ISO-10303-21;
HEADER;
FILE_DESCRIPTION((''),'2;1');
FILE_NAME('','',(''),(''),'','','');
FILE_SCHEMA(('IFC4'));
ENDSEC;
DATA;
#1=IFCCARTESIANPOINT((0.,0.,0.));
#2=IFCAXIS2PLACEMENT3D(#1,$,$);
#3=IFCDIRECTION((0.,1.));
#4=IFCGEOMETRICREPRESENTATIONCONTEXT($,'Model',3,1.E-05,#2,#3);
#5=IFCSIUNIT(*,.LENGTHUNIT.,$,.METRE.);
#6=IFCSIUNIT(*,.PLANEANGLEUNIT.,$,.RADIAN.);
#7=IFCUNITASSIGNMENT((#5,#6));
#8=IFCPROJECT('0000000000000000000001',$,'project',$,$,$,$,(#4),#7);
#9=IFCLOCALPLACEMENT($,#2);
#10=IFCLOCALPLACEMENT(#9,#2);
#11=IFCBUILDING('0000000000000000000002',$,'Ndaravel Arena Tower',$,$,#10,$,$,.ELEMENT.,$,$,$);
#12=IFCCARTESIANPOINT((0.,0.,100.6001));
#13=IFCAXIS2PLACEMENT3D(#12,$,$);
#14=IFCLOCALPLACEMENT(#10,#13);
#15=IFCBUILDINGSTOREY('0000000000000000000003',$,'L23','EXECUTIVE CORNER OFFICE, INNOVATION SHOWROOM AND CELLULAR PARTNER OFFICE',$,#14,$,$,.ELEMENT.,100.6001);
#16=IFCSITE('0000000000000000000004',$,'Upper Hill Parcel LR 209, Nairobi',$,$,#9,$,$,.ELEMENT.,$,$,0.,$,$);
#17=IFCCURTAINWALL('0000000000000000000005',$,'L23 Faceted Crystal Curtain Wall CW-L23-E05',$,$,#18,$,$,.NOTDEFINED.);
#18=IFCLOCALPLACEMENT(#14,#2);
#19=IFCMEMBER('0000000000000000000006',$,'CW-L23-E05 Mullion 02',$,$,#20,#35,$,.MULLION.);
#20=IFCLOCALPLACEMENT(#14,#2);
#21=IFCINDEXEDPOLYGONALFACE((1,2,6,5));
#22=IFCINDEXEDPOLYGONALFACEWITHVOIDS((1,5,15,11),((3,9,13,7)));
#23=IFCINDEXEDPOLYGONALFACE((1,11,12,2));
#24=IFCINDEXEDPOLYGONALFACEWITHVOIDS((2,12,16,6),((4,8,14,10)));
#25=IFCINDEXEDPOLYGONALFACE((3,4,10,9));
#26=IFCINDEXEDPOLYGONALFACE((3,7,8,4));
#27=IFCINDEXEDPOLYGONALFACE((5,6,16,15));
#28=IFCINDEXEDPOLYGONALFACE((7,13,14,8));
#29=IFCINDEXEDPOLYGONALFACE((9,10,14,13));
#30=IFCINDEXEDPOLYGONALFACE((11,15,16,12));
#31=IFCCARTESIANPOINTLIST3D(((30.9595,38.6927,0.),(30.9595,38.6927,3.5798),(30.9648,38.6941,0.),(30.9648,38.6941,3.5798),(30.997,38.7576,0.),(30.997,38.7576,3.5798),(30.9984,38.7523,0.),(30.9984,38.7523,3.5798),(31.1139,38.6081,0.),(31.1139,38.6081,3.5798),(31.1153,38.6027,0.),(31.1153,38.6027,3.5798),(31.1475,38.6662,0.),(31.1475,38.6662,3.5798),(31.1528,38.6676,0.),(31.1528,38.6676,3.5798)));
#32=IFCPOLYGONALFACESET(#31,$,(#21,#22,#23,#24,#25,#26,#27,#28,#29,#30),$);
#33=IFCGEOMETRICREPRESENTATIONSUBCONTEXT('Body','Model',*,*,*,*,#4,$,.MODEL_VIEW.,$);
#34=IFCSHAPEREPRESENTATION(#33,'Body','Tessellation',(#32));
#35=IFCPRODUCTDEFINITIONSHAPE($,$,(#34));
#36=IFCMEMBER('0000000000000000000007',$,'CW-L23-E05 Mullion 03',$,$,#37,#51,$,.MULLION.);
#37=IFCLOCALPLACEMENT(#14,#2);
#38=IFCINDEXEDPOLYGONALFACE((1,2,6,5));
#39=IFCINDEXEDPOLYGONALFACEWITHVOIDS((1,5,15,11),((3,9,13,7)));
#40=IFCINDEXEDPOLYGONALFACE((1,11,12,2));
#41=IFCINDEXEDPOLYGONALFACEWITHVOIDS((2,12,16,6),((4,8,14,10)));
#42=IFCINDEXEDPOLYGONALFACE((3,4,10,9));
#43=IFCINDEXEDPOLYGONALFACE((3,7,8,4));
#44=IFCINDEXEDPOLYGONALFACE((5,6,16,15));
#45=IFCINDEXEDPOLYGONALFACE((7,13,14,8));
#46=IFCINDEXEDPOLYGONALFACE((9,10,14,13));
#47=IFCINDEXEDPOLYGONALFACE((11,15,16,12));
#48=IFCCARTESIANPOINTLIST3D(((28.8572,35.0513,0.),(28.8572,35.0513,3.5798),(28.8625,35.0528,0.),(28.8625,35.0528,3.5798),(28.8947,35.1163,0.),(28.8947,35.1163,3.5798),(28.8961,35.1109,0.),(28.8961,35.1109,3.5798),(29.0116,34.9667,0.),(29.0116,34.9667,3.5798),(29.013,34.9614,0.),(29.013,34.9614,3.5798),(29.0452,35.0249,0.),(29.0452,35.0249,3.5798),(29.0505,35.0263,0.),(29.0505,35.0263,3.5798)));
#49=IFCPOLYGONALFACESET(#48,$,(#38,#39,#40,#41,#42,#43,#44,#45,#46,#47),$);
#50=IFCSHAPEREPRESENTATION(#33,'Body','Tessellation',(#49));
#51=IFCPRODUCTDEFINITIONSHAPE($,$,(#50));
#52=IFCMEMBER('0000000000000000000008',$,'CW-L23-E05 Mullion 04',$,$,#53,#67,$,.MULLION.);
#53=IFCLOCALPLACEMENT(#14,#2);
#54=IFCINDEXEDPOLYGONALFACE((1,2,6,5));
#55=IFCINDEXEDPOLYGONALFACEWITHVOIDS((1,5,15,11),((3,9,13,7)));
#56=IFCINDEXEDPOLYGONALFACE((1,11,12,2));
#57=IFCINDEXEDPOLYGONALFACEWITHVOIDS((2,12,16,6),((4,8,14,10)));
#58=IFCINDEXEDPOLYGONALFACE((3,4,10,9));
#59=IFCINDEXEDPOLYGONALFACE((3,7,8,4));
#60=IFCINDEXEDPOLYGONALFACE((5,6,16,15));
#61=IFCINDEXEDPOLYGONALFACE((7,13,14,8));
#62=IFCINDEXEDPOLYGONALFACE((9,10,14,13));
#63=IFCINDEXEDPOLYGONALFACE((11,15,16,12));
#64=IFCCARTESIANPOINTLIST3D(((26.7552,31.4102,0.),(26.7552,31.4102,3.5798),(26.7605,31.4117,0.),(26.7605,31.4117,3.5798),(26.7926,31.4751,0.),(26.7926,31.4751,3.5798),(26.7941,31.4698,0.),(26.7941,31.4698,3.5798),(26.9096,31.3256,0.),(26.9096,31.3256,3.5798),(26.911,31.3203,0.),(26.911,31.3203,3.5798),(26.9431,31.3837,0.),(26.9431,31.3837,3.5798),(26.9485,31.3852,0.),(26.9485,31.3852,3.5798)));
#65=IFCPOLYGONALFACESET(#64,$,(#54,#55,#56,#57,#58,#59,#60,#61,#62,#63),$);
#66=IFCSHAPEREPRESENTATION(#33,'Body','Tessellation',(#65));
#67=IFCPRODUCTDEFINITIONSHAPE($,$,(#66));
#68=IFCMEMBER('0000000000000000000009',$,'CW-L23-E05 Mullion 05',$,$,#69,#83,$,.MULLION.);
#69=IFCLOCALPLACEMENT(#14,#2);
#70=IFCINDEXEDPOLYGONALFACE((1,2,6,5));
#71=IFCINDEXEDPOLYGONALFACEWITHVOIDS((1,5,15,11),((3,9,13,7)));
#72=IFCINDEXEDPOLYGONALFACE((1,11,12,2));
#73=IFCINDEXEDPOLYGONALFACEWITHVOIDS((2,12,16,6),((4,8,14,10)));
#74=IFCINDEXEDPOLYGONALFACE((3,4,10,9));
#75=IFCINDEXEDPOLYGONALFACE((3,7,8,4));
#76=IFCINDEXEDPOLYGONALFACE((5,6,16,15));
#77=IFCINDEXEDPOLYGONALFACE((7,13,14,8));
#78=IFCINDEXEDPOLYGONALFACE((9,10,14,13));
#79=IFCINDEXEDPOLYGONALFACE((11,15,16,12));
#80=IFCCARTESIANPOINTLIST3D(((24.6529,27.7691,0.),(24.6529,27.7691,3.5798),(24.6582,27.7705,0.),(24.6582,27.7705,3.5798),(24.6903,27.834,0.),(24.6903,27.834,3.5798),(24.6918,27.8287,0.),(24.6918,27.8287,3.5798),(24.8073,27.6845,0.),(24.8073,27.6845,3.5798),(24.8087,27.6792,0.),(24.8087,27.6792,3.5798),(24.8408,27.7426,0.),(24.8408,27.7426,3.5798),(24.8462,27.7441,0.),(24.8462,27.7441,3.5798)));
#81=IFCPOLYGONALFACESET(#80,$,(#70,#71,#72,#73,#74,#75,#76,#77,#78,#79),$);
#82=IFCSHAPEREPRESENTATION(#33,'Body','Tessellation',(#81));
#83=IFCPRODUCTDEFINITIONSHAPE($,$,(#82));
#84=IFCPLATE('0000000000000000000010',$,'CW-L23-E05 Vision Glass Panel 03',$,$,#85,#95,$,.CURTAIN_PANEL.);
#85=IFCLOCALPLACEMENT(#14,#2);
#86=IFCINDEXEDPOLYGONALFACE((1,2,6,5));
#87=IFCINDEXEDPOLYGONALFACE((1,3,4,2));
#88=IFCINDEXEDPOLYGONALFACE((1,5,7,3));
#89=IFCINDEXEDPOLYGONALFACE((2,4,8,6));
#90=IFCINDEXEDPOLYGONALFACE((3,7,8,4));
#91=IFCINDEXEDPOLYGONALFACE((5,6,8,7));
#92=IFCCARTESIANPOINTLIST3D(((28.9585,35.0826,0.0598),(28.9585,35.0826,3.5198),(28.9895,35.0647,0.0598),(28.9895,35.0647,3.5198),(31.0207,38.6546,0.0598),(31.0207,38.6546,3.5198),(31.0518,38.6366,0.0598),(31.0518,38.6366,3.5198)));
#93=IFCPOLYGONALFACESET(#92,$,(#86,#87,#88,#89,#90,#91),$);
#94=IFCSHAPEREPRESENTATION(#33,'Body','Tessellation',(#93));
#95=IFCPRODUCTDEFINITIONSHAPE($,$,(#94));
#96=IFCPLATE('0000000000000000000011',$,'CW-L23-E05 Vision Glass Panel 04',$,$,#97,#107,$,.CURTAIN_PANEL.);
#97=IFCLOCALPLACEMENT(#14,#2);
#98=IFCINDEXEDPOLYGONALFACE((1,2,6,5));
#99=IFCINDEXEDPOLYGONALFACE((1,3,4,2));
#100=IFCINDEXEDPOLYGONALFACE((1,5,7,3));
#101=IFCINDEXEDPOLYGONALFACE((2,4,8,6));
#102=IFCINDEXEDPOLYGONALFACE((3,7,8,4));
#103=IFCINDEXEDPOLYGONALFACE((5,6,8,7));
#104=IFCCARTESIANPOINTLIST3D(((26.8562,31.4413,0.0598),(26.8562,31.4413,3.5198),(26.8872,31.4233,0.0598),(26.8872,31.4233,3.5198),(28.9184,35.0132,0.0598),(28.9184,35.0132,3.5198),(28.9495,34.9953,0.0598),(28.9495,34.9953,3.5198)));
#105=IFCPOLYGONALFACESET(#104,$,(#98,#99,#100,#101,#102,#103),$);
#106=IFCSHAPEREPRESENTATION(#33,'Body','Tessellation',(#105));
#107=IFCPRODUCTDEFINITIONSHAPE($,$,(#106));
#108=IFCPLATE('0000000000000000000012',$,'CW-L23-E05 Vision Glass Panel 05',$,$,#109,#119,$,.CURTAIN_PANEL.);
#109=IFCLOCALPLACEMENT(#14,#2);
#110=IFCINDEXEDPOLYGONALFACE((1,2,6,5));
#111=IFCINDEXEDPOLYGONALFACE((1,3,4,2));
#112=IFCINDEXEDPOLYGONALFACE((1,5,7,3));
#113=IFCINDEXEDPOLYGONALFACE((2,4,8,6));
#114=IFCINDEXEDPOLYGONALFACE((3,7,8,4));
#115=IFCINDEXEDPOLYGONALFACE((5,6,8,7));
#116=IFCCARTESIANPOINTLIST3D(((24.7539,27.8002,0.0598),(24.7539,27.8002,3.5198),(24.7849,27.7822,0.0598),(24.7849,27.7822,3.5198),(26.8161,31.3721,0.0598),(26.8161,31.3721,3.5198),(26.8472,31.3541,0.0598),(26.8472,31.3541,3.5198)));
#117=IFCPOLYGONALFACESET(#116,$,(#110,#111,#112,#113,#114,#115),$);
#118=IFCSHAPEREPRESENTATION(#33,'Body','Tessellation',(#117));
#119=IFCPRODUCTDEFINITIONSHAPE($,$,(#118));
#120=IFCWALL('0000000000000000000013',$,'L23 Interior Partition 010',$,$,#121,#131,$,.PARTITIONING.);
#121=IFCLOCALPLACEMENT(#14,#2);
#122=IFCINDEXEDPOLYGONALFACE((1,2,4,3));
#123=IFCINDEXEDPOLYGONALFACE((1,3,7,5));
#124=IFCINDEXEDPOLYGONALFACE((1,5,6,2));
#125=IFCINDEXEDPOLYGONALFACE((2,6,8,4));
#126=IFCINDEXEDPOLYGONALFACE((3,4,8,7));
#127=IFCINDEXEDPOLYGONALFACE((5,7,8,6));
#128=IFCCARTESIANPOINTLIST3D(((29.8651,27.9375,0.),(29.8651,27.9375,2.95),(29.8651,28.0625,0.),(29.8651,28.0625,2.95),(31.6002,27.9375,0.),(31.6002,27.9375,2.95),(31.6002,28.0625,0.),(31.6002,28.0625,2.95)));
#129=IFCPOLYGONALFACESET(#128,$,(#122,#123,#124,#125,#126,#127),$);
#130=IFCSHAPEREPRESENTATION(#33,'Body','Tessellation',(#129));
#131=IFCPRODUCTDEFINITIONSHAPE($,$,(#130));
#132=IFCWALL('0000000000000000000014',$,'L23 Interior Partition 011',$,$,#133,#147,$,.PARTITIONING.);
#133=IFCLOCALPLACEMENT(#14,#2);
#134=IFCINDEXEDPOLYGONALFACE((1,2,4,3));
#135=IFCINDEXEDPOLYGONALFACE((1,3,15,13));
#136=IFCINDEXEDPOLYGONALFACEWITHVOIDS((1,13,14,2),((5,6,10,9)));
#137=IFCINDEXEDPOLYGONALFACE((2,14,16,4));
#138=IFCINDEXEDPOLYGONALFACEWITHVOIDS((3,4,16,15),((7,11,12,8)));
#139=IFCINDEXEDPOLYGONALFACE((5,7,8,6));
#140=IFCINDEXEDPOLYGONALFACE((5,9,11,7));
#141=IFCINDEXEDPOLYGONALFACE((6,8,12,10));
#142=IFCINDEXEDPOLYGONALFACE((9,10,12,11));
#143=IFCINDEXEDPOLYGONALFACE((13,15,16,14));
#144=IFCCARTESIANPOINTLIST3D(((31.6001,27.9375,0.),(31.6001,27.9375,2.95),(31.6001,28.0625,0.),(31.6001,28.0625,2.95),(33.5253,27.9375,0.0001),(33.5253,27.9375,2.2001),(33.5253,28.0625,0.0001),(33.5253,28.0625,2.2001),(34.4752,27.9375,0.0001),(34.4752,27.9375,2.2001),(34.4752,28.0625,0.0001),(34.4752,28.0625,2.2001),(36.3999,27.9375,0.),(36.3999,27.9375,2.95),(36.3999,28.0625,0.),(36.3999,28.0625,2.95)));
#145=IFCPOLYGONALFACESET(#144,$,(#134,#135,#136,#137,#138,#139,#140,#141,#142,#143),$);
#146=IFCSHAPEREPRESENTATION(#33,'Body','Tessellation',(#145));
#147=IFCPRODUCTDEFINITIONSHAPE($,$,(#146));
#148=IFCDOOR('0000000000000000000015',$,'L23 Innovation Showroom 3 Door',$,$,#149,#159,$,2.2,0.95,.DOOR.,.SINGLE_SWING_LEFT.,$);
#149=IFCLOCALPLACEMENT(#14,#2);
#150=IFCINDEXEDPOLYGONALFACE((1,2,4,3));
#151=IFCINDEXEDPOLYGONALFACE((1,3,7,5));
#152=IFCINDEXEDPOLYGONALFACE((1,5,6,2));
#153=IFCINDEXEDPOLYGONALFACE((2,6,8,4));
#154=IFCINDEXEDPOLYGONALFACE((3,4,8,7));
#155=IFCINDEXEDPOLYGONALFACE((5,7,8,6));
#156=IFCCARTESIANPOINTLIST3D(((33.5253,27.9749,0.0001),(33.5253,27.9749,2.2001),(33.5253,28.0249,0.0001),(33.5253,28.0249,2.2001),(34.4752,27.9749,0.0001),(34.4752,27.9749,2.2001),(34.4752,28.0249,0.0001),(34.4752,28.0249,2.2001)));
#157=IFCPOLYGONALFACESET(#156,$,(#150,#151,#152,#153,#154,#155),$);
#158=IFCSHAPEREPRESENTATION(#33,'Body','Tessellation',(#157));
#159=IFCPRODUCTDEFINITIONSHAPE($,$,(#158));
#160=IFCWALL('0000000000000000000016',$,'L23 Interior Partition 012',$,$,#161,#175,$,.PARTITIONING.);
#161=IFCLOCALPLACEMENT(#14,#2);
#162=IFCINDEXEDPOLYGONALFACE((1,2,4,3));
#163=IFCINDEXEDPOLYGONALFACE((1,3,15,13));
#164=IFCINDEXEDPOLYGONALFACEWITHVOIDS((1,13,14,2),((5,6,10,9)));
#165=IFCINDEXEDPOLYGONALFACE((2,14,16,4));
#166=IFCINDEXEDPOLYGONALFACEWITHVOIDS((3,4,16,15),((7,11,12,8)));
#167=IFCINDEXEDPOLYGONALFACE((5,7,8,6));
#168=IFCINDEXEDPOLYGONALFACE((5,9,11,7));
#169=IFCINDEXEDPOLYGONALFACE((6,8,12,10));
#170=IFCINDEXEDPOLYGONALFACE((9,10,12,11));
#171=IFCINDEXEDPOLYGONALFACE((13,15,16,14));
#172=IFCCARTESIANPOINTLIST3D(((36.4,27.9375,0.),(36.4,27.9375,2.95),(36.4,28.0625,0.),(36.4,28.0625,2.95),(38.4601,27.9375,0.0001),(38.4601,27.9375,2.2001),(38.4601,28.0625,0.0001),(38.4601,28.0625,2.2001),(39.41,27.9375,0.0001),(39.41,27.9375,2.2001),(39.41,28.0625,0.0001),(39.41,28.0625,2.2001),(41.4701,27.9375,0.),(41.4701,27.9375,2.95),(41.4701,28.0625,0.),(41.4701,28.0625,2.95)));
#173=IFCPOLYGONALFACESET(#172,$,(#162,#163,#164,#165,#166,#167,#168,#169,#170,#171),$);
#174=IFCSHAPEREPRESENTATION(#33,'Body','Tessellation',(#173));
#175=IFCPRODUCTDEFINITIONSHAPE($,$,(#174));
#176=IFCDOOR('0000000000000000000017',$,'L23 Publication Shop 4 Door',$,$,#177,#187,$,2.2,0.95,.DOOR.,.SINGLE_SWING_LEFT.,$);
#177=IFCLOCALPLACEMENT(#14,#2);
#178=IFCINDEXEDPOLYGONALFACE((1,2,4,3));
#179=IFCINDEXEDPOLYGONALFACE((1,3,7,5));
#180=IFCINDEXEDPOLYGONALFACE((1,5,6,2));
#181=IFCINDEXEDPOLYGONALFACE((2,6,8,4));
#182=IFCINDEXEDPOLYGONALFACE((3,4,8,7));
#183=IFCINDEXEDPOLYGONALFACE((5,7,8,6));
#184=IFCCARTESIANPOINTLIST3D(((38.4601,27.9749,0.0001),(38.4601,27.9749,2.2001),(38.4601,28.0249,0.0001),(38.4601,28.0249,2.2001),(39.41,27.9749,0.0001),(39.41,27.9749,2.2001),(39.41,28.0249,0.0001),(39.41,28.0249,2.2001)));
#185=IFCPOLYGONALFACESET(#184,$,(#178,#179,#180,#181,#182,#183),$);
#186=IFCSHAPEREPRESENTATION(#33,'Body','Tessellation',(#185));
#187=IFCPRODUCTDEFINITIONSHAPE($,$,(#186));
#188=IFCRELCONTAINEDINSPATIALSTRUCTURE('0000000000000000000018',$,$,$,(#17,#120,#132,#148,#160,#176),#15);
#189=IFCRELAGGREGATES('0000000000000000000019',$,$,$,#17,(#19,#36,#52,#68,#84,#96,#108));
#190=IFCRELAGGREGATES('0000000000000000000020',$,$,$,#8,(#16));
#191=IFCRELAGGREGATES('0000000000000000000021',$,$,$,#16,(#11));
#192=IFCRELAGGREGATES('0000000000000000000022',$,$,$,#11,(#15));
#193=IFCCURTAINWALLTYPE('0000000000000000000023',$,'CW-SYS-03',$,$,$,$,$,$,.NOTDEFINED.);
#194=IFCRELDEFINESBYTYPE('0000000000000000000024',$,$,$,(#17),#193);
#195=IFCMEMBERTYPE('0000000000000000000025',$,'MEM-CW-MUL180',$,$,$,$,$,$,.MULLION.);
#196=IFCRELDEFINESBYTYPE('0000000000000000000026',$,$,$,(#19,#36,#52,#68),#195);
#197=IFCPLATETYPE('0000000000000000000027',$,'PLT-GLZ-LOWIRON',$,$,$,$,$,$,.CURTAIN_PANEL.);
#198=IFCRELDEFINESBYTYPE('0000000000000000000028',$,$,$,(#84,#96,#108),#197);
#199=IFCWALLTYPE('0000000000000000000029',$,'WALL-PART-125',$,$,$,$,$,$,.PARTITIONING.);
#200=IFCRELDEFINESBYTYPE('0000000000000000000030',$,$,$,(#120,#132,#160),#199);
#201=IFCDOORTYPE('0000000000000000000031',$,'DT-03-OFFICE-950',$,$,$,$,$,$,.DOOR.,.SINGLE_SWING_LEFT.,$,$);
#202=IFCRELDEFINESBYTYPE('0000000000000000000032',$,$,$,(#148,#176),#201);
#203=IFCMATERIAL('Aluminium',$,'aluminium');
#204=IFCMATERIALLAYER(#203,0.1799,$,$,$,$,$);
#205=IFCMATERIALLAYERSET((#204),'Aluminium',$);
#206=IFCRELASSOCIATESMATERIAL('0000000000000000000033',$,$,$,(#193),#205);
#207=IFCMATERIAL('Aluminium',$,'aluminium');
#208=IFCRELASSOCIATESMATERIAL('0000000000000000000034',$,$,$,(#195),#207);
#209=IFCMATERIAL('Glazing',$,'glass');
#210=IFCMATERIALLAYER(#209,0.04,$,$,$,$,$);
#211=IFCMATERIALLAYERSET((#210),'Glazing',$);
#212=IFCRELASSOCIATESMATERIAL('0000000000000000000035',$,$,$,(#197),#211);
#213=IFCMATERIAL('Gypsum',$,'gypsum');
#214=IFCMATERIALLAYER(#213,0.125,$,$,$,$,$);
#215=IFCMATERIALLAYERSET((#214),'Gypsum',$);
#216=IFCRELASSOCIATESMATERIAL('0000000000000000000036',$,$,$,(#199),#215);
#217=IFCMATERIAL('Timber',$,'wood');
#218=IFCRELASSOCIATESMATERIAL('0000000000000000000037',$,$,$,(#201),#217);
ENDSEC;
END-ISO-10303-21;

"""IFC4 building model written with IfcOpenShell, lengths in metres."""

from ifc_helpers import new_model, si_unit, direction, frame, frame_2d, origin, origin_2d, place, context, subcontext, project, spatial, rectangle, hollow_rectangle, extrude, material, layer, layer_set, material_profile, profile_set, type_object, element, fill, aggregate, save


model = new_model("IFC4")

# Units and contexts
model_context = context("Model", 3, precision=1e-05, world=origin(), true_north=direction((0.0, 1.0)))
body_context = subcontext(model_context, "Body", "Model", "MODEL_VIEW")
ifc_project = project(units=[si_unit("LENGTHUNIT", "METRE"), si_unit("PLANEANGLEUNIT", "RADIAN")], contexts=[model_context])

# Site, building, storey
site_placement = place(None, origin())
site = spatial("IfcSite", under=ifc_project, at=site_placement, Name="Upper Hill Parcel LR 209, Nairobi", CompositionType="ELEMENT", RefElevation=0.0)
building_placement = place(site_placement, origin())
building = spatial("IfcBuilding", under=site, at=building_placement, Name="Ndaravel Arena Tower", CompositionType="ELEMENT")
storey_placement = place(building_placement, frame((0.0, 0.0, 100.6001)))
storey = spatial("IfcBuildingStorey", under=building, at=storey_placement, Name="L23", Description="EXECUTIVE CORNER OFFICE, INNOVATION SHOWROOM AND CELLULAR PARTNER OFFICE", CompositionType="ELEMENT", Elevation=100.6001)

# Curtain wall, members, plates
ifc_material_1 = material(Name="Aluminium", Category="aluminium")
ifc_layer_1 = layer(ifc_material_1, 0.1799)
ifc_layer_set_1 = layer_set([ifc_layer_1], Name="Aluminium")
curtain_wall_type = type_object("IfcCurtainWallType", Name="CW-SYS-03", PredefinedType="NOTDEFINED", material=ifc_layer_set_1)
curtain_wall_placement = place(storey_placement, origin())
curtain_wall = element("IfcCurtainWall", 1, at=curtain_wall_placement, inside=storey, type_object=curtain_wall_type, Name="L23 Faceted Crystal Curtain Wall CW-L23-E05", PredefinedType="NOTDEFINED")
ifc_material_2 = material(Name="Aluminium", Category="aluminium")
ifc_material_profile_1 = material_profile(ifc_material_2, hollow_rectangle(XDim=0.075, YDim=0.1799, WallThickness=0.0039, at=origin_2d()), Name="CW MULLION 75x180x4")
ifc_profile_set_1 = profile_set([ifc_material_profile_1], Name="Aluminium")
member_type = type_object("IfcMemberType", Name="MEM-CW-MUL180", PredefinedType="MULLION", material=ifc_profile_set_1)
member_1_placement = place(storey_placement, frame((31.0562, 38.6802, 0.0), z_axis=(0.0, 0.0, 1.0), x_axis=(-0.5, -0.866025, 0.0)))
member_1 = element("IfcMember", 2, at=member_1_placement, type_object=member_type, Name="CW-L23-E05 Mullion 02", PredefinedType="MULLION", context=body_context, shape_type="SweptSolid", body=[
    extrude(hollow_rectangle(XDim=0.075, YDim=0.1799, WallThickness=0.0039, at=origin_2d()), origin(), (0.0, 0.0, 1.0), 3.5798),
])
member_2_placement = place(storey_placement, frame((28.9539, 35.0388, 0.0), z_axis=(0.0, 0.0, 1.0), x_axis=(-0.5, -0.866025, 0.0)))
member_2 = element("IfcMember", 3, at=member_2_placement, type_object=member_type, Name="CW-L23-E05 Mullion 03", PredefinedType="MULLION", context=body_context, shape_type="SweptSolid", body=[
    extrude(hollow_rectangle(XDim=0.075, YDim=0.1799, WallThickness=0.0039, at=origin_2d()), origin(), (0.0, 0.0, 1.0), 3.5798),
])
member_3_placement = place(storey_placement, frame((26.8518, 31.3977, 0.0), z_axis=(0.0, 0.0, 1.0), x_axis=(-0.5, -0.866025, 0.0)))
member_3 = element("IfcMember", 4, at=member_3_placement, type_object=member_type, Name="CW-L23-E05 Mullion 04", PredefinedType="MULLION", context=body_context, shape_type="SweptSolid", body=[
    extrude(hollow_rectangle(XDim=0.075, YDim=0.1799, WallThickness=0.0039, at=origin_2d()), origin(), (0.0, 0.0, 1.0), 3.5798),
])
member_4_placement = place(storey_placement, frame((24.7495, 27.7566, 0.0), z_axis=(0.0, 0.0, 1.0), x_axis=(-0.5, -0.866025, 0.0)))
member_4 = element("IfcMember", 5, at=member_4_placement, type_object=member_type, Name="CW-L23-E05 Mullion 05", PredefinedType="MULLION", context=body_context, shape_type="SweptSolid", body=[
    extrude(hollow_rectangle(XDim=0.075, YDim=0.1799, WallThickness=0.0039, at=origin_2d()), origin(), (0.0, 0.0, 1.0), 3.5798),
])
ifc_material_3 = material(Name="Glazing", Category="glass")
ifc_layer_2 = layer(ifc_material_3, 0.04)
ifc_layer_set_2 = layer_set([ifc_layer_2], Name="Glazing")
plate_type = type_object("IfcPlateType", Name="PLT-GLZ-LOWIRON", PredefinedType="CURTAIN_PANEL", material=ifc_layer_set_2)
plate_1_placement = place(storey_placement, frame((30.0051, 36.8596, 0.0598), z_axis=(0.0, 0.0, 1.0), x_axis=(-0.5, -0.866025, 0.0)))
plate_1 = element("IfcPlate", 6, at=plate_1_placement, type_object=plate_type, Name="CW-L23-E05 Vision Glass Panel 03", PredefinedType="CURTAIN_PANEL", context=body_context, shape_type="SweptSolid", body=[
    extrude(rectangle(XDim=4.1245, YDim=0.0359, at=origin_2d()), origin(), (0.0, 0.0, 1.0), 3.46),
])
plate_2_placement = place(storey_placement, frame((27.9028, 33.2183, 0.0598), z_axis=(0.0, 0.0, 1.0), x_axis=(-0.5, -0.866025, 0.0)))
plate_2 = element("IfcPlate", 7, at=plate_2_placement, type_object=plate_type, Name="CW-L23-E05 Vision Glass Panel 04", PredefinedType="CURTAIN_PANEL", context=body_context, shape_type="SweptSolid", body=[
    extrude(rectangle(XDim=4.1245, YDim=0.0359, at=origin_2d()), origin(), (0.0, 0.0, 1.0), 3.46),
])
plate_3_placement = place(storey_placement, frame((25.8005, 29.5771, 0.0598), z_axis=(0.0, 0.0, 1.0), x_axis=(-0.5, -0.866025, 0.0)))
plate_3 = element("IfcPlate", 8, at=plate_3_placement, type_object=plate_type, Name="CW-L23-E05 Vision Glass Panel 05", PredefinedType="CURTAIN_PANEL", context=body_context, shape_type="SweptSolid", body=[
    extrude(rectangle(XDim=4.1245, YDim=0.0359, at=origin_2d()), origin(), (0.0, 0.0, 1.0), 3.46),
])
aggregate(curtain_wall, [member_1, member_2, member_3, member_4, plate_1, plate_2, plate_3])

# Wall
ifc_material_4 = material(Name="Gypsum", Category="gypsum")
ifc_layer_3 = layer(ifc_material_4, 0.125)
ifc_layer_set_3 = layer_set([ifc_layer_3], Name="Gypsum")
wall_type_1 = type_object("IfcWallType", Name="WALL-PART-125", PredefinedType="PARTITIONING", material=ifc_layer_set_3)
wall_1_placement = place(storey_placement, frame((29.865, 28.0, 0.0), z_axis=(0.0, 0.0, 1.0), x_axis=(1.0, 0.0, 0.0)))
element("IfcWall", 9, at=wall_1_placement, inside=storey, type_object=wall_type_1, Name="L23 Interior Partition 010", PredefinedType="PARTITIONING", context=body_context, shape_type="SweptSolid", body=[
    extrude(rectangle(XDim=1.7351, YDim=0.125, at=frame_2d((0.8677, 0.0))), origin(), (0.0, 0.0, 1.0), 2.95),
])

# Walls, openings, doors
wall_2_placement = place(storey_placement, frame((31.6001, 28.0, 0.0), z_axis=(0.0, 0.0, 1.0), x_axis=(1.0, 0.0, 0.0)))
wall_2 = element("IfcWall", 10, at=wall_2_placement, inside=storey, type_object=wall_type_1, Name="L23 Interior Partition 011", PredefinedType="PARTITIONING", context=body_context, shape_type="SweptSolid", body=[
    extrude(rectangle(XDim=4.7998, YDim=0.125, at=frame_2d((2.3999, 0.0))), origin(), (0.0, 0.0, 1.0), 2.95),
])
opening_1_placement = place(wall_2_placement, frame((1.925, 0.0, 0.0)))
opening_1 = element("IfcOpeningElement", 11, at=opening_1_placement, cuts=wall_2, PredefinedType="OPENING", context=body_context, shape_type="SweptSolid", body=[
    extrude(rectangle(XDim=0.95, YDim=2.2, at=frame_2d((0.4751, 1.1001))), frame((0.0, 0.0625, 0.0), z_axis=(0.0, -1.0, 0.0), x_axis=(1.0, 0.0, 0.0)), (0.0, 0.0, 1.0), 0.125),
])
ifc_material_5 = material(Name="Timber", Category="wood")
door_type = type_object("IfcDoorType", Name="DT-03-OFFICE-950", OperationType="SINGLE_SWING_LEFT", PredefinedType="DOOR", material=ifc_material_5)
door_1_placement = place(opening_1_placement, origin())
door_1 = element("IfcDoor", 12, at=door_1_placement, inside=storey, type_object=door_type, Name="L23 Innovation Showroom 3 Door", OperationType="SINGLE_SWING_LEFT", OverallHeight=2.2, OverallWidth=0.95, PredefinedType="DOOR", context=body_context, shape_type="SweptSolid", body=[
    extrude(rectangle(XDim=0.95, YDim=2.2, at=frame_2d((0.4751, 1.1001))), frame((0.0, 0.0249, 0.0), z_axis=(0.0, -1.0, 0.0), x_axis=(1.0, 0.0, 0.0)), (0.0, 0.0, 1.0), 0.05),
])
fill(opening_1, door_1)
wall_3_placement = place(storey_placement, frame((36.3999, 28.0, 0.0), z_axis=(0.0, 0.0, 1.0), x_axis=(1.0, 0.0, 0.0)))
wall_3 = element("IfcWall", 13, at=wall_3_placement, inside=storey, type_object=wall_type_1, Name="L23 Interior Partition 012", PredefinedType="PARTITIONING", context=body_context, shape_type="SweptSolid", body=[
    extrude(rectangle(XDim=5.0701, YDim=0.125, at=frame_2d((2.5352, 0.0))), origin(), (0.0, 0.0, 1.0), 2.95),
])
opening_2_placement = place(wall_3_placement, frame((2.0601, 0.0, 0.0)))
opening_2 = element("IfcOpeningElement", 14, at=opening_2_placement, cuts=wall_3, PredefinedType="OPENING", context=body_context, shape_type="SweptSolid", body=[
    extrude(rectangle(XDim=0.95, YDim=2.2, at=frame_2d((0.4751, 1.1001))), frame((0.0, 0.0625, 0.0), z_axis=(0.0, -1.0, 0.0), x_axis=(1.0, 0.0, 0.0)), (0.0, 0.0, 1.0), 0.125),
])
door_2_placement = place(opening_2_placement, origin())
door_2 = element("IfcDoor", 15, at=door_2_placement, inside=storey, type_object=door_type, Name="L23 Publication Shop 4 Door", OperationType="SINGLE_SWING_LEFT", OverallHeight=2.2, OverallWidth=0.95, PredefinedType="DOOR", context=body_context, shape_type="SweptSolid", body=[
    extrude(rectangle(XDim=0.95, YDim=2.2, at=frame_2d((0.4751, 1.1001))), frame((0.0, 0.0249, 0.0), z_axis=(0.0, -1.0, 0.0), x_axis=(1.0, 0.0, 0.0)), (0.0, 0.0, 1.0), 0.05),
])
fill(opening_2, door_2)

save(model, "model.ifc")
